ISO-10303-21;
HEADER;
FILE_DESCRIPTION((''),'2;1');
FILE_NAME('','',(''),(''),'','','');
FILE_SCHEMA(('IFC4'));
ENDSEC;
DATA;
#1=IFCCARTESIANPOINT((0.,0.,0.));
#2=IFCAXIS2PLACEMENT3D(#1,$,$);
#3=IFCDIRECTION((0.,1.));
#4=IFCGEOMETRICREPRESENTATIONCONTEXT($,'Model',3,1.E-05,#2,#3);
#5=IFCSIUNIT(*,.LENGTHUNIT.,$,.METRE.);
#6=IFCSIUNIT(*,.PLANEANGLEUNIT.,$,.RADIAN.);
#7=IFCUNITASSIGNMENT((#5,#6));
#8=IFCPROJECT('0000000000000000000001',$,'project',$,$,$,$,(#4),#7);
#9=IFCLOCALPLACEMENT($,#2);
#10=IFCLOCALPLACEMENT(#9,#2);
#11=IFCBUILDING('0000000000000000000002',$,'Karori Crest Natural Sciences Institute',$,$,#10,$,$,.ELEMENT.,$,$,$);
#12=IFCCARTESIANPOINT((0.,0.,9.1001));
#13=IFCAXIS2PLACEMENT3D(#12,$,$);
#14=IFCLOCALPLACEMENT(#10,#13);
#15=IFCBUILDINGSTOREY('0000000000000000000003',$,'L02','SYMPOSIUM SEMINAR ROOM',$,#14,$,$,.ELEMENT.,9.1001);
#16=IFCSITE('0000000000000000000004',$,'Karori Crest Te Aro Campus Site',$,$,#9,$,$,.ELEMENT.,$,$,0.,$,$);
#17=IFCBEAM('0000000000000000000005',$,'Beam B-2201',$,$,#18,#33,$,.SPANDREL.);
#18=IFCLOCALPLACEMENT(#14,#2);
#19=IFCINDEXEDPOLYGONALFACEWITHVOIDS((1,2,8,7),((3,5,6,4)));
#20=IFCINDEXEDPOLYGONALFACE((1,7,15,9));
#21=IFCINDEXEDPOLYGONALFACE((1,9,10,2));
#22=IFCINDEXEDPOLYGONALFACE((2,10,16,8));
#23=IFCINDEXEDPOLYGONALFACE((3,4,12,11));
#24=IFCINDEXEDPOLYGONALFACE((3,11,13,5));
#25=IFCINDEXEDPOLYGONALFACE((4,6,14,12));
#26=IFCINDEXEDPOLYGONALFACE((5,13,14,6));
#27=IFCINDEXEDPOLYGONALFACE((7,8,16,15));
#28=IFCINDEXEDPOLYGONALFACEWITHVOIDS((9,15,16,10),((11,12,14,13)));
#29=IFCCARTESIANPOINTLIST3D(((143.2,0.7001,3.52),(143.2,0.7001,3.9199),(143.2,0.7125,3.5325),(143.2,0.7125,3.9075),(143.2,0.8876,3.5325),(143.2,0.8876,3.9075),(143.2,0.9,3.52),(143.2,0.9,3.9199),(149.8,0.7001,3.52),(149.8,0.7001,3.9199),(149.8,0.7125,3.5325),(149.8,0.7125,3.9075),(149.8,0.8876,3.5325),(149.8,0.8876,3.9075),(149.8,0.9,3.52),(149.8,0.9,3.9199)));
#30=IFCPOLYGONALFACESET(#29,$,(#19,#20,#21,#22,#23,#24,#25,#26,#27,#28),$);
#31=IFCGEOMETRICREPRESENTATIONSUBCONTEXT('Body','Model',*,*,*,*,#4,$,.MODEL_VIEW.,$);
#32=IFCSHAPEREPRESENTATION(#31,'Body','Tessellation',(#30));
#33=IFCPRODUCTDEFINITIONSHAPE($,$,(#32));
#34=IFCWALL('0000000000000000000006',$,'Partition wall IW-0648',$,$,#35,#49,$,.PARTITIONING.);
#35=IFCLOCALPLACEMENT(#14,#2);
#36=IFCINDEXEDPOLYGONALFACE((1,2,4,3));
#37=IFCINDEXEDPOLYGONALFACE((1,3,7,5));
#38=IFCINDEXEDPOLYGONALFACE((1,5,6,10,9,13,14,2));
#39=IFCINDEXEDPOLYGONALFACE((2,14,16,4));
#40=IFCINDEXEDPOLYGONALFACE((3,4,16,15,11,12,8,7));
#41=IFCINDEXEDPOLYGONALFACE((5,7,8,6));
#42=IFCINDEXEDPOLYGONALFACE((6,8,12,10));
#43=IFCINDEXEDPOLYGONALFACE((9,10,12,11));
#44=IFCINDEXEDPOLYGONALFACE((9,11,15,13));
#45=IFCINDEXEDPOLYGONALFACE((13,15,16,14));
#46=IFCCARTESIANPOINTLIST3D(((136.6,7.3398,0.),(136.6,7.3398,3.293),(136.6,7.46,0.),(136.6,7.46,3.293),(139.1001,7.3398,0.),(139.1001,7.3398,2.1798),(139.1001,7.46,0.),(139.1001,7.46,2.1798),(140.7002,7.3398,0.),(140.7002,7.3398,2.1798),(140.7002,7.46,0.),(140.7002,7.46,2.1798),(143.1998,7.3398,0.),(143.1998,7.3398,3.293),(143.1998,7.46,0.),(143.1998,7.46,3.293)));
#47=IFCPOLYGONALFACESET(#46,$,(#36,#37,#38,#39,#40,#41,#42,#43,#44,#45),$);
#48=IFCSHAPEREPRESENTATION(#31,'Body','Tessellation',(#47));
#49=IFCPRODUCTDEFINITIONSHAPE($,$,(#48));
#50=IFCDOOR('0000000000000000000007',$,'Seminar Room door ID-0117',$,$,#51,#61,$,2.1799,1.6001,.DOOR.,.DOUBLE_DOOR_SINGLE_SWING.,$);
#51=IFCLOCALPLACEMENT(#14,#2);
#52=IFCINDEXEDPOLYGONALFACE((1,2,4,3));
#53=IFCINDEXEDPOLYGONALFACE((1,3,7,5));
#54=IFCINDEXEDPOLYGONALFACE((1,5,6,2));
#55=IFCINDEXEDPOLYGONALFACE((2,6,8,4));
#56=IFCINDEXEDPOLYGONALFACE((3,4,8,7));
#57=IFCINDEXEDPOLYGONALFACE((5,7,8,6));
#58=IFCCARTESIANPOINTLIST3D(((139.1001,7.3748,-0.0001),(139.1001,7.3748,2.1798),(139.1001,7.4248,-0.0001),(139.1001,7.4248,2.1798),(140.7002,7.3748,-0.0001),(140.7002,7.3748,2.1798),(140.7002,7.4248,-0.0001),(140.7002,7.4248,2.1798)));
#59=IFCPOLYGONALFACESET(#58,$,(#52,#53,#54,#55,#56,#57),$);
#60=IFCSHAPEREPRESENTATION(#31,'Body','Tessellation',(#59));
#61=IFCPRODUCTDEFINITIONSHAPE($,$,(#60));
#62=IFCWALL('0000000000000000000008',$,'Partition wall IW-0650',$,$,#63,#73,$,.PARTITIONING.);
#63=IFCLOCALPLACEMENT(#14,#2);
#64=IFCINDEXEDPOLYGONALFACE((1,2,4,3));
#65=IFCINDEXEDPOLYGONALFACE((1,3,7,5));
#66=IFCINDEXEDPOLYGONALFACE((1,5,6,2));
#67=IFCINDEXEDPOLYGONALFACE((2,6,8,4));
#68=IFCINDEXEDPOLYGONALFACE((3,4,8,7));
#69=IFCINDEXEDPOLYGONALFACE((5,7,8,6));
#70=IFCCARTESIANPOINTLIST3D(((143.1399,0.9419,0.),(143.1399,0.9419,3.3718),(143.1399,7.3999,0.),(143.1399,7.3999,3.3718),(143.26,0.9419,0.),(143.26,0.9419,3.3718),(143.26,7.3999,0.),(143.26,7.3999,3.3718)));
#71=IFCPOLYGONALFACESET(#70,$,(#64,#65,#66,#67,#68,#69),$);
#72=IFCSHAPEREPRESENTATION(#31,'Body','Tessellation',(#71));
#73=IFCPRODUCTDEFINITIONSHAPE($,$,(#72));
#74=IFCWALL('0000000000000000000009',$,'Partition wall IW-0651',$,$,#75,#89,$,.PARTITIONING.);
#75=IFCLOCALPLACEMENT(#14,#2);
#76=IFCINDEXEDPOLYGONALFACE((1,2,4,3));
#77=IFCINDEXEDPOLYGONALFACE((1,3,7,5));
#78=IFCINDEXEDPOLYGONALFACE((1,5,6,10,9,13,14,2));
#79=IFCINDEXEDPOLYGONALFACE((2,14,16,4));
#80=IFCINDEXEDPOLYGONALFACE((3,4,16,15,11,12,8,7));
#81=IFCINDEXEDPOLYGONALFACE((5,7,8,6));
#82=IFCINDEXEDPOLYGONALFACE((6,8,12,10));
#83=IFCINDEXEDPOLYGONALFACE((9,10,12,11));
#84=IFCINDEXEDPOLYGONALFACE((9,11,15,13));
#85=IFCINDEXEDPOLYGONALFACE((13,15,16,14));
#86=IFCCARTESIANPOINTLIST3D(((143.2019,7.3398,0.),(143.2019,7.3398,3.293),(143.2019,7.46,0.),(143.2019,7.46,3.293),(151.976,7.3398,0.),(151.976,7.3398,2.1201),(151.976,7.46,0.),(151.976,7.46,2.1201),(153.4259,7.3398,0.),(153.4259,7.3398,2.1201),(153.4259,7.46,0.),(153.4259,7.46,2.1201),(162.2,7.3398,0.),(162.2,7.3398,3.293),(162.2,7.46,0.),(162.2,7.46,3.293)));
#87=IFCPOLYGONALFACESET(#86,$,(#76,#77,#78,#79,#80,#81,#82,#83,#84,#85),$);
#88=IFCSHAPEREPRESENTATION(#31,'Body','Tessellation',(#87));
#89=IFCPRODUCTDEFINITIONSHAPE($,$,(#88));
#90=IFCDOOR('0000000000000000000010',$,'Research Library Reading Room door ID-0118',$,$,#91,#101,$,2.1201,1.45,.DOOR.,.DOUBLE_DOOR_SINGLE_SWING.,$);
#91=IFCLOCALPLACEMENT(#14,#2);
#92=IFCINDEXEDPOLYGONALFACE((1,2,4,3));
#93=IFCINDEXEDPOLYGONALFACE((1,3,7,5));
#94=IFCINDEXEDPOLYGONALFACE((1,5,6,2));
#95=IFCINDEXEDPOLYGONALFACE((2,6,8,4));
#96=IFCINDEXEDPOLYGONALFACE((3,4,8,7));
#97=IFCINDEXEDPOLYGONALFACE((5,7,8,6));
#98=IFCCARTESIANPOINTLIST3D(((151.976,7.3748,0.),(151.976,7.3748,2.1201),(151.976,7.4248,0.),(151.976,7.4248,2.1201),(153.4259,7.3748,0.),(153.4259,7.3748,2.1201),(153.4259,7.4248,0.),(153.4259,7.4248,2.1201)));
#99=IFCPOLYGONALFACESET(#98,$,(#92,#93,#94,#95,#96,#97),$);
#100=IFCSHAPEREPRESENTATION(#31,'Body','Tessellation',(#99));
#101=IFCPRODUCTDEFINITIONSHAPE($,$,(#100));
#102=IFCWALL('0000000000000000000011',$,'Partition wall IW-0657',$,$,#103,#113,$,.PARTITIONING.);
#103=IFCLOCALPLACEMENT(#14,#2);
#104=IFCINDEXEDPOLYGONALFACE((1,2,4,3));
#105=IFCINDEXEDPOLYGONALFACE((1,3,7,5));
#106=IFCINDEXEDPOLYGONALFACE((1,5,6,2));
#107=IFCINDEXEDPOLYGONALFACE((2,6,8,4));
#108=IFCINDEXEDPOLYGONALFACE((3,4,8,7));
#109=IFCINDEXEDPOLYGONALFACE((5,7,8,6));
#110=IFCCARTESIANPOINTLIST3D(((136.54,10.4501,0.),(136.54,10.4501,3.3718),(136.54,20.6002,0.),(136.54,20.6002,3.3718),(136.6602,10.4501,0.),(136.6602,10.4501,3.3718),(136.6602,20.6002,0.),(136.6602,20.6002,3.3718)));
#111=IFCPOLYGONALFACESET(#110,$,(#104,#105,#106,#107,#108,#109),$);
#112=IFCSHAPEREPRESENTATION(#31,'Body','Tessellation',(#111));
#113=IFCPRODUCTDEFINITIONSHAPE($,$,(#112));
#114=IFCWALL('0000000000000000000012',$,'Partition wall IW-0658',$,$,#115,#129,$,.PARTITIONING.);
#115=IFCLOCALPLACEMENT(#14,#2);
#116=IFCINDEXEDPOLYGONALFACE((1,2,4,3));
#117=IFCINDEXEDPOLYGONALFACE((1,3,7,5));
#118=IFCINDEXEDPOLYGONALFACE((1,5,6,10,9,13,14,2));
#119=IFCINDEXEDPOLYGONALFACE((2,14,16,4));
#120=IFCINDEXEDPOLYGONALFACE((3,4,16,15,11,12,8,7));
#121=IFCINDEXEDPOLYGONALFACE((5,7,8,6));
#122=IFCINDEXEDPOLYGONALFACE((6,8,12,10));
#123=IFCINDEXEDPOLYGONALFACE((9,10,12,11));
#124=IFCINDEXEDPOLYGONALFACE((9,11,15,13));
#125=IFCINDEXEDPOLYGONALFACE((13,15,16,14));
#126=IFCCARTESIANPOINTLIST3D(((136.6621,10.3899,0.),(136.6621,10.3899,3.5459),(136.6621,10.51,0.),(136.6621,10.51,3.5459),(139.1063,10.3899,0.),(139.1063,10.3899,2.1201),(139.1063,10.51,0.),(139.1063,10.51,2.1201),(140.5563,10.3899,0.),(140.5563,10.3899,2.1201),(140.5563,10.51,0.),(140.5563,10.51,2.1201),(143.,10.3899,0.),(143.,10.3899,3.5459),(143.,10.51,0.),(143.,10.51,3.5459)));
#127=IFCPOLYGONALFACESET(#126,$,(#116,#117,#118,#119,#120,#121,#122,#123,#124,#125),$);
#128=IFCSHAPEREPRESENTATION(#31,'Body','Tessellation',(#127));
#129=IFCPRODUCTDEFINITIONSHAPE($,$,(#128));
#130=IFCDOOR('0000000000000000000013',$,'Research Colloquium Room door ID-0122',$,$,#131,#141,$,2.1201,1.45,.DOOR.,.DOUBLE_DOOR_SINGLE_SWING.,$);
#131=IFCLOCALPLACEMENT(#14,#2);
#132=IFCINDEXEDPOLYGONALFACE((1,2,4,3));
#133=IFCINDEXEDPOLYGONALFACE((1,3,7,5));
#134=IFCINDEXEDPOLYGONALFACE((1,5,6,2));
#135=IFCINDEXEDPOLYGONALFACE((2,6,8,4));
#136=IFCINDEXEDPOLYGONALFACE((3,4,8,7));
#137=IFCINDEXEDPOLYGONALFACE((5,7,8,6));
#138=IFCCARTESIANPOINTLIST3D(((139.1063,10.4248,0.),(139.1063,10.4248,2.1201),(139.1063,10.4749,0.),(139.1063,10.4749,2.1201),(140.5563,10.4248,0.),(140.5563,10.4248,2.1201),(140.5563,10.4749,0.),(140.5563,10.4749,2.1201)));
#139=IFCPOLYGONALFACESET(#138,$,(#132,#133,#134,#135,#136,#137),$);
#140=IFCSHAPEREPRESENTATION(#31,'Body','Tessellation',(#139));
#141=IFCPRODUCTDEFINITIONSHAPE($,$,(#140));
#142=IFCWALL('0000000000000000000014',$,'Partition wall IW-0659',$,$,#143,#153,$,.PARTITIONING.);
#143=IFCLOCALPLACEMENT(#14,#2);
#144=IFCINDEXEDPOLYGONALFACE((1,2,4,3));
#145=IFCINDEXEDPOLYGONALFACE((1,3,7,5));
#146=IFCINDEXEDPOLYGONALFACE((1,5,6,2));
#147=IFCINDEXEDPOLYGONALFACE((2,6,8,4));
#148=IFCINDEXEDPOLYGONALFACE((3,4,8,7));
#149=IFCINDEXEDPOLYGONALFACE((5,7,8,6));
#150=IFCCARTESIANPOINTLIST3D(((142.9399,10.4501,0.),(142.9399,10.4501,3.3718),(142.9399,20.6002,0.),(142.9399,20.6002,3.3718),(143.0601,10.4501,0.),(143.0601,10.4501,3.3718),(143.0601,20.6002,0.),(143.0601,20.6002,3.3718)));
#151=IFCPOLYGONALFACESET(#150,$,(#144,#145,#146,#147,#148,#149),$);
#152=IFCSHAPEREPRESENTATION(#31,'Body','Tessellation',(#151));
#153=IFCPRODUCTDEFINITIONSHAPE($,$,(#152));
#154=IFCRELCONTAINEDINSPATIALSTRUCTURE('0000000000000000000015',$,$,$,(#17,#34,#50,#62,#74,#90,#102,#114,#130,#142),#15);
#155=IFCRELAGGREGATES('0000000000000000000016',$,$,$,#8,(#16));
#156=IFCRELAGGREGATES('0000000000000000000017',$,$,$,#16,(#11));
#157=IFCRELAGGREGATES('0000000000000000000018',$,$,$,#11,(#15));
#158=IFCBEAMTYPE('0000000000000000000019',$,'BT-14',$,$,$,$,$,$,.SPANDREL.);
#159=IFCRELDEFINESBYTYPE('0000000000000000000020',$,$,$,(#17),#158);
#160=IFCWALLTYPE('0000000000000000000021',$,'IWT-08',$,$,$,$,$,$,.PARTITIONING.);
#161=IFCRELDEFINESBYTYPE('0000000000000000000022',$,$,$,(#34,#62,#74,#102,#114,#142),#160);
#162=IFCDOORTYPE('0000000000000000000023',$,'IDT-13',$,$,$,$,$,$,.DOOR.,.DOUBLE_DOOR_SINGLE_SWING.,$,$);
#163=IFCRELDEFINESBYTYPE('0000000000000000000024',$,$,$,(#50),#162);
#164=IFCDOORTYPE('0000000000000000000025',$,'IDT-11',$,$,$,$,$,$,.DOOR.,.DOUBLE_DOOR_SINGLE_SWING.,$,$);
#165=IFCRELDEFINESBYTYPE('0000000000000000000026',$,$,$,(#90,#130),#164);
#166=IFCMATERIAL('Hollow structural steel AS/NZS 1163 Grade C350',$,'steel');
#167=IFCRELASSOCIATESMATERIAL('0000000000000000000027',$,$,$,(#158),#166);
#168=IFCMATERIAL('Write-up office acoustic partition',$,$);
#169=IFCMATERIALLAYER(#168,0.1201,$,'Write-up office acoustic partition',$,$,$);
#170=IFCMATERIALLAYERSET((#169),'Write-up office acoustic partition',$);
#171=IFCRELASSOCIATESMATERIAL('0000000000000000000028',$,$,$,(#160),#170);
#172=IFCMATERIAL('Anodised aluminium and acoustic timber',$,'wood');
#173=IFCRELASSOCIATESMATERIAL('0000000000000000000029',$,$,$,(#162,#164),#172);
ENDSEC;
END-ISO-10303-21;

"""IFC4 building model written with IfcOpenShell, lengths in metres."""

from ifc_helpers import new_model, si_unit, direction, frame, frame_2d, origin, origin_2d, place, context, subcontext, project, spatial, rectangle, hollow_rectangle, extrude, material, layer, layer_set, material_profile, profile_set, type_object, element, fill, save


model = new_model("IFC4")

# Units and contexts
model_context = context("Model", 3, precision=1e-05, world=origin(), true_north=direction((0.0, 1.0)))
body_context = subcontext(model_context, "Body", "Model", "MODEL_VIEW")
ifc_project = project(units=[si_unit("LENGTHUNIT", "METRE"), si_unit("PLANEANGLEUNIT", "RADIAN")], contexts=[model_context])

# Site, building, storey
site_placement = place(None, origin())
site = spatial("IfcSite", under=ifc_project, at=site_placement, Name="Karori Crest Te Aro Campus Site", CompositionType="ELEMENT", RefElevation=0.0)
building_placement = place(site_placement, origin())
building = spatial("IfcBuilding", under=site, at=building_placement, Name="Karori Crest Natural Sciences Institute", CompositionType="ELEMENT")
storey_placement = place(building_placement, frame((0.0, 0.0, 9.1001)))
storey = spatial("IfcBuildingStorey", under=building, at=storey_placement, Name="L02", Description="SYMPOSIUM SEMINAR ROOM", CompositionType="ELEMENT", Elevation=9.1001)

# Beam
ifc_material_1 = material(Name="Hollow structural steel AS/NZS 1163 Grade C350", Category="steel")
ifc_material_profile_1 = material_profile(ifc_material_1, hollow_rectangle(XDim=0.2, YDim=0.3999, WallThickness=0.0125, at=origin_2d()), Name="RHS400x200x12.5")
ifc_profile_set_1 = profile_set([ifc_material_profile_1], Name="Hollow structural steel AS/NZS 1163 Grade C350")
beam_type_1 = type_object("IfcBeamType", Name="BT-14", PredefinedType="SPANDREL", material=ifc_profile_set_1)
beam_1_placement = place(storey_placement, frame((143.2, 0.8, 3.72), z_axis=(1.0, 0.0, 0.0), x_axis=(0.0, 1.0, 0.0)))
element("IfcBeam", 1, at=beam_1_placement, inside=storey, type_object=beam_type_1, Name="Beam B-2201", PredefinedType="SPANDREL", context=body_context, shape_type="SweptSolid", body=[
    extrude(hollow_rectangle(XDim=0.2, YDim=0.3999, WallThickness=0.0125, at=origin_2d()), origin(), (0.0, 0.0, 1.0), 6.6001),
])

# Wall, opening, door
ifc_material_2 = material(Name="Write-up office acoustic partition")
ifc_layer = layer(ifc_material_2, 0.1201, Name="Write-up office acoustic partition")
ifc_layer_set = layer_set([ifc_layer], Name="Write-up office acoustic partition")
wall_type = type_object("IfcWallType", Name="IWT-08", PredefinedType="PARTITIONING", material=ifc_layer_set)
wall_1_placement = place(storey_placement, frame((136.6001, 7.3999, 0.0), z_axis=(0.0, 0.0, 1.0), x_axis=(1.0, 0.0, 0.0)))
wall_1 = element("IfcWall", 2, at=wall_1_placement, inside=storey, type_object=wall_type, Name="Partition wall IW-0648", PredefinedType="PARTITIONING", context=body_context, shape_type="SweptSolid", body=[
    extrude(rectangle(XDim=6.5999, YDim=0.1201, at=frame_2d((3.2998, 0.0))), origin(), (0.0, 0.0, 1.0), 3.293),
])
opening_1_placement = place(wall_1_placement, frame((2.5, 0.0, 0.0)))
opening_1 = element("IfcOpeningElement", 3, at=opening_1_placement, cuts=wall_1, PredefinedType="OPENING", context=body_context, shape_type="SweptSolid", body=[
    extrude(rectangle(XDim=1.6001, YDim=2.1799, at=frame_2d((0.8, 1.0898))), frame((0.0, 0.0701, 0.0), z_axis=(0.0, -1.0, 0.0), x_axis=(1.0, 0.0, 0.0)), (0.0, 0.0, 1.0), 0.1401),
])
ifc_material_3 = material(Name="Anodised aluminium and acoustic timber", Category="wood")
door_type_1 = type_object("IfcDoorType", Name="IDT-13", OperationType="DOUBLE_DOOR_SINGLE_SWING", PredefinedType="DOOR", material=ifc_material_3)
door_1_placement = place(opening_1_placement, origin())
door_1 = element("IfcDoor", 4, at=door_1_placement, inside=storey, type_object=door_type_1, Name="Seminar Room door ID-0117", OperationType="DOUBLE_DOOR_SINGLE_SWING", OverallHeight=2.1799, OverallWidth=1.6001, PredefinedType="DOOR", context=body_context, shape_type="SweptSolid", body=[
    extrude(rectangle(XDim=1.6001, YDim=2.1799, at=frame_2d((0.8, 1.0898))), frame((0.0, 0.0249, 0.0), z_axis=(0.0, -1.0, 0.0), x_axis=(1.0, 0.0, 0.0)), (0.0, 0.0, 1.0), 0.05),
])
fill(opening_1, door_1)

# Wall
wall_2_placement = place(storey_placement, frame((143.2, 0.9419, 0.0), z_axis=(0.0, 0.0, 1.0), x_axis=(0.0, 1.0, 0.0)))
element("IfcWall", 5, at=wall_2_placement, inside=storey, type_object=wall_type, Name="Partition wall IW-0650", PredefinedType="PARTITIONING", context=body_context, shape_type="SweptSolid", body=[
    extrude(rectangle(XDim=6.458, YDim=0.1201, at=frame_2d((3.229, 0.0))), origin(), (0.0, 0.0, 1.0), 3.3718),
])

# Wall, opening, door
wall_3_placement = place(storey_placement, frame((143.2019, 7.3999, 0.0), z_axis=(0.0, 0.0, 1.0), x_axis=(1.0, 0.0, 0.0)))
wall_3 = element("IfcWall", 6, at=wall_3_placement, inside=storey, type_object=wall_type, Name="Partition wall IW-0651", PredefinedType="PARTITIONING", context=body_context, shape_type="SweptSolid", body=[
    extrude(rectangle(XDim=18.998, YDim=0.1201, at=frame_2d((9.499, 0.0))), origin(), (0.0, 0.0, 1.0), 3.293),
])
opening_2_placement = place(wall_3_placement, frame((8.7739, 0.0, 0.0)))
opening_2 = element("IfcOpeningElement", 7, at=opening_2_placement, cuts=wall_3, PredefinedType="OPENING", context=body_context, shape_type="SweptSolid", body=[
    extrude(rectangle(XDim=1.45, YDim=2.1201, at=frame_2d((0.7251, 1.0601))), frame((0.0, 0.0701, 0.0), z_axis=(0.0, -1.0, 0.0), x_axis=(1.0, 0.0, 0.0)), (0.0, 0.0, 1.0), 0.1401),
])
door_type_2 = type_object("IfcDoorType", Name="IDT-11", OperationType="DOUBLE_DOOR_SINGLE_SWING", PredefinedType="DOOR", material=ifc_material_3)
door_2_placement = place(opening_2_placement, origin())
door_2 = element("IfcDoor", 8, at=door_2_placement, inside=storey, type_object=door_type_2, Name="Research Library Reading Room door ID-0118", OperationType="DOUBLE_DOOR_SINGLE_SWING", OverallHeight=2.1201, OverallWidth=1.45, PredefinedType="DOOR", context=body_context, shape_type="SweptSolid", body=[
    extrude(rectangle(XDim=1.45, YDim=2.1201, at=frame_2d((0.7251, 1.0601))), frame((0.0, 0.0249, 0.0), z_axis=(0.0, -1.0, 0.0), x_axis=(1.0, 0.0, 0.0)), (0.0, 0.0, 1.0), 0.05),
])
fill(opening_2, door_2)

# Wall
wall_4_placement = place(storey_placement, frame((136.6001, 10.45, 0.0), z_axis=(0.0, 0.0, 1.0), x_axis=(0.0, 1.0, 0.0)))
element("IfcWall", 9, at=wall_4_placement, inside=storey, type_object=wall_type, Name="Partition wall IW-0657", PredefinedType="PARTITIONING", context=body_context, shape_type="SweptSolid", body=[
    extrude(rectangle(XDim=10.1501, YDim=0.1201, at=frame_2d((5.0752, 0.0))), origin(), (0.0, 0.0, 1.0), 3.3718),
])

# Wall, opening, door
wall_5_placement = place(storey_placement, frame((136.6621, 10.45, 0.0), z_axis=(0.0, 0.0, 1.0), x_axis=(1.0, 0.0, 0.0)))
wall_5 = element("IfcWall", 10, at=wall_5_placement, inside=storey, type_object=wall_type, Name="Partition wall IW-0658", PredefinedType="PARTITIONING", context=body_context, shape_type="SweptSolid", body=[
    extrude(rectangle(XDim=6.3379, YDim=0.1201, at=frame_2d((3.1689, 0.0))), origin(), (0.0, 0.0, 1.0), 3.5459),
])
opening_3_placement = place(wall_5_placement, frame((2.4441, 0.0, 0.0)))
opening_3 = element("IfcOpeningElement", 11, at=opening_3_placement, cuts=wall_5, PredefinedType="OPENING", context=body_context, shape_type="SweptSolid", body=[
    extrude(rectangle(XDim=1.45, YDim=2.1201, at=frame_2d((0.7251, 1.0601))), frame((0.0, 0.0701, 0.0), z_axis=(0.0, -1.0, 0.0), x_axis=(1.0, 0.0, 0.0)), (0.0, 0.0, 1.0), 0.1401),
])
door_3_placement = place(opening_3_placement, origin())
door_3 = element("IfcDoor", 12, at=door_3_placement, inside=storey, type_object=door_type_2, Name="Research Colloquium Room door ID-0122", OperationType="DOUBLE_DOOR_SINGLE_SWING", OverallHeight=2.1201, OverallWidth=1.45, PredefinedType="DOOR", context=body_context, shape_type="SweptSolid", body=[
    extrude(rectangle(XDim=1.45, YDim=2.1201, at=frame_2d((0.7251, 1.0601))), frame((0.0, 0.0249, 0.0), z_axis=(0.0, -1.0, 0.0), x_axis=(1.0, 0.0, 0.0)), (0.0, 0.0, 1.0), 0.05),
])
fill(opening_3, door_3)

# Wall
wall_6_placement = place(storey_placement, frame((143.0, 10.45, 0.0), z_axis=(0.0, 0.0, 1.0), x_axis=(0.0, 1.0, 0.0)))
element("IfcWall", 13, at=wall_6_placement, inside=storey, type_object=wall_type, Name="Partition wall IW-0659", PredefinedType="PARTITIONING", context=body_context, shape_type="SweptSolid", body=[
    extrude(rectangle(XDim=10.1501, YDim=0.1201, at=frame_2d((5.0752, 0.0))), origin(), (0.0, 0.0, 1.0), 3.3718),
])

save(model, "model.ifc")
